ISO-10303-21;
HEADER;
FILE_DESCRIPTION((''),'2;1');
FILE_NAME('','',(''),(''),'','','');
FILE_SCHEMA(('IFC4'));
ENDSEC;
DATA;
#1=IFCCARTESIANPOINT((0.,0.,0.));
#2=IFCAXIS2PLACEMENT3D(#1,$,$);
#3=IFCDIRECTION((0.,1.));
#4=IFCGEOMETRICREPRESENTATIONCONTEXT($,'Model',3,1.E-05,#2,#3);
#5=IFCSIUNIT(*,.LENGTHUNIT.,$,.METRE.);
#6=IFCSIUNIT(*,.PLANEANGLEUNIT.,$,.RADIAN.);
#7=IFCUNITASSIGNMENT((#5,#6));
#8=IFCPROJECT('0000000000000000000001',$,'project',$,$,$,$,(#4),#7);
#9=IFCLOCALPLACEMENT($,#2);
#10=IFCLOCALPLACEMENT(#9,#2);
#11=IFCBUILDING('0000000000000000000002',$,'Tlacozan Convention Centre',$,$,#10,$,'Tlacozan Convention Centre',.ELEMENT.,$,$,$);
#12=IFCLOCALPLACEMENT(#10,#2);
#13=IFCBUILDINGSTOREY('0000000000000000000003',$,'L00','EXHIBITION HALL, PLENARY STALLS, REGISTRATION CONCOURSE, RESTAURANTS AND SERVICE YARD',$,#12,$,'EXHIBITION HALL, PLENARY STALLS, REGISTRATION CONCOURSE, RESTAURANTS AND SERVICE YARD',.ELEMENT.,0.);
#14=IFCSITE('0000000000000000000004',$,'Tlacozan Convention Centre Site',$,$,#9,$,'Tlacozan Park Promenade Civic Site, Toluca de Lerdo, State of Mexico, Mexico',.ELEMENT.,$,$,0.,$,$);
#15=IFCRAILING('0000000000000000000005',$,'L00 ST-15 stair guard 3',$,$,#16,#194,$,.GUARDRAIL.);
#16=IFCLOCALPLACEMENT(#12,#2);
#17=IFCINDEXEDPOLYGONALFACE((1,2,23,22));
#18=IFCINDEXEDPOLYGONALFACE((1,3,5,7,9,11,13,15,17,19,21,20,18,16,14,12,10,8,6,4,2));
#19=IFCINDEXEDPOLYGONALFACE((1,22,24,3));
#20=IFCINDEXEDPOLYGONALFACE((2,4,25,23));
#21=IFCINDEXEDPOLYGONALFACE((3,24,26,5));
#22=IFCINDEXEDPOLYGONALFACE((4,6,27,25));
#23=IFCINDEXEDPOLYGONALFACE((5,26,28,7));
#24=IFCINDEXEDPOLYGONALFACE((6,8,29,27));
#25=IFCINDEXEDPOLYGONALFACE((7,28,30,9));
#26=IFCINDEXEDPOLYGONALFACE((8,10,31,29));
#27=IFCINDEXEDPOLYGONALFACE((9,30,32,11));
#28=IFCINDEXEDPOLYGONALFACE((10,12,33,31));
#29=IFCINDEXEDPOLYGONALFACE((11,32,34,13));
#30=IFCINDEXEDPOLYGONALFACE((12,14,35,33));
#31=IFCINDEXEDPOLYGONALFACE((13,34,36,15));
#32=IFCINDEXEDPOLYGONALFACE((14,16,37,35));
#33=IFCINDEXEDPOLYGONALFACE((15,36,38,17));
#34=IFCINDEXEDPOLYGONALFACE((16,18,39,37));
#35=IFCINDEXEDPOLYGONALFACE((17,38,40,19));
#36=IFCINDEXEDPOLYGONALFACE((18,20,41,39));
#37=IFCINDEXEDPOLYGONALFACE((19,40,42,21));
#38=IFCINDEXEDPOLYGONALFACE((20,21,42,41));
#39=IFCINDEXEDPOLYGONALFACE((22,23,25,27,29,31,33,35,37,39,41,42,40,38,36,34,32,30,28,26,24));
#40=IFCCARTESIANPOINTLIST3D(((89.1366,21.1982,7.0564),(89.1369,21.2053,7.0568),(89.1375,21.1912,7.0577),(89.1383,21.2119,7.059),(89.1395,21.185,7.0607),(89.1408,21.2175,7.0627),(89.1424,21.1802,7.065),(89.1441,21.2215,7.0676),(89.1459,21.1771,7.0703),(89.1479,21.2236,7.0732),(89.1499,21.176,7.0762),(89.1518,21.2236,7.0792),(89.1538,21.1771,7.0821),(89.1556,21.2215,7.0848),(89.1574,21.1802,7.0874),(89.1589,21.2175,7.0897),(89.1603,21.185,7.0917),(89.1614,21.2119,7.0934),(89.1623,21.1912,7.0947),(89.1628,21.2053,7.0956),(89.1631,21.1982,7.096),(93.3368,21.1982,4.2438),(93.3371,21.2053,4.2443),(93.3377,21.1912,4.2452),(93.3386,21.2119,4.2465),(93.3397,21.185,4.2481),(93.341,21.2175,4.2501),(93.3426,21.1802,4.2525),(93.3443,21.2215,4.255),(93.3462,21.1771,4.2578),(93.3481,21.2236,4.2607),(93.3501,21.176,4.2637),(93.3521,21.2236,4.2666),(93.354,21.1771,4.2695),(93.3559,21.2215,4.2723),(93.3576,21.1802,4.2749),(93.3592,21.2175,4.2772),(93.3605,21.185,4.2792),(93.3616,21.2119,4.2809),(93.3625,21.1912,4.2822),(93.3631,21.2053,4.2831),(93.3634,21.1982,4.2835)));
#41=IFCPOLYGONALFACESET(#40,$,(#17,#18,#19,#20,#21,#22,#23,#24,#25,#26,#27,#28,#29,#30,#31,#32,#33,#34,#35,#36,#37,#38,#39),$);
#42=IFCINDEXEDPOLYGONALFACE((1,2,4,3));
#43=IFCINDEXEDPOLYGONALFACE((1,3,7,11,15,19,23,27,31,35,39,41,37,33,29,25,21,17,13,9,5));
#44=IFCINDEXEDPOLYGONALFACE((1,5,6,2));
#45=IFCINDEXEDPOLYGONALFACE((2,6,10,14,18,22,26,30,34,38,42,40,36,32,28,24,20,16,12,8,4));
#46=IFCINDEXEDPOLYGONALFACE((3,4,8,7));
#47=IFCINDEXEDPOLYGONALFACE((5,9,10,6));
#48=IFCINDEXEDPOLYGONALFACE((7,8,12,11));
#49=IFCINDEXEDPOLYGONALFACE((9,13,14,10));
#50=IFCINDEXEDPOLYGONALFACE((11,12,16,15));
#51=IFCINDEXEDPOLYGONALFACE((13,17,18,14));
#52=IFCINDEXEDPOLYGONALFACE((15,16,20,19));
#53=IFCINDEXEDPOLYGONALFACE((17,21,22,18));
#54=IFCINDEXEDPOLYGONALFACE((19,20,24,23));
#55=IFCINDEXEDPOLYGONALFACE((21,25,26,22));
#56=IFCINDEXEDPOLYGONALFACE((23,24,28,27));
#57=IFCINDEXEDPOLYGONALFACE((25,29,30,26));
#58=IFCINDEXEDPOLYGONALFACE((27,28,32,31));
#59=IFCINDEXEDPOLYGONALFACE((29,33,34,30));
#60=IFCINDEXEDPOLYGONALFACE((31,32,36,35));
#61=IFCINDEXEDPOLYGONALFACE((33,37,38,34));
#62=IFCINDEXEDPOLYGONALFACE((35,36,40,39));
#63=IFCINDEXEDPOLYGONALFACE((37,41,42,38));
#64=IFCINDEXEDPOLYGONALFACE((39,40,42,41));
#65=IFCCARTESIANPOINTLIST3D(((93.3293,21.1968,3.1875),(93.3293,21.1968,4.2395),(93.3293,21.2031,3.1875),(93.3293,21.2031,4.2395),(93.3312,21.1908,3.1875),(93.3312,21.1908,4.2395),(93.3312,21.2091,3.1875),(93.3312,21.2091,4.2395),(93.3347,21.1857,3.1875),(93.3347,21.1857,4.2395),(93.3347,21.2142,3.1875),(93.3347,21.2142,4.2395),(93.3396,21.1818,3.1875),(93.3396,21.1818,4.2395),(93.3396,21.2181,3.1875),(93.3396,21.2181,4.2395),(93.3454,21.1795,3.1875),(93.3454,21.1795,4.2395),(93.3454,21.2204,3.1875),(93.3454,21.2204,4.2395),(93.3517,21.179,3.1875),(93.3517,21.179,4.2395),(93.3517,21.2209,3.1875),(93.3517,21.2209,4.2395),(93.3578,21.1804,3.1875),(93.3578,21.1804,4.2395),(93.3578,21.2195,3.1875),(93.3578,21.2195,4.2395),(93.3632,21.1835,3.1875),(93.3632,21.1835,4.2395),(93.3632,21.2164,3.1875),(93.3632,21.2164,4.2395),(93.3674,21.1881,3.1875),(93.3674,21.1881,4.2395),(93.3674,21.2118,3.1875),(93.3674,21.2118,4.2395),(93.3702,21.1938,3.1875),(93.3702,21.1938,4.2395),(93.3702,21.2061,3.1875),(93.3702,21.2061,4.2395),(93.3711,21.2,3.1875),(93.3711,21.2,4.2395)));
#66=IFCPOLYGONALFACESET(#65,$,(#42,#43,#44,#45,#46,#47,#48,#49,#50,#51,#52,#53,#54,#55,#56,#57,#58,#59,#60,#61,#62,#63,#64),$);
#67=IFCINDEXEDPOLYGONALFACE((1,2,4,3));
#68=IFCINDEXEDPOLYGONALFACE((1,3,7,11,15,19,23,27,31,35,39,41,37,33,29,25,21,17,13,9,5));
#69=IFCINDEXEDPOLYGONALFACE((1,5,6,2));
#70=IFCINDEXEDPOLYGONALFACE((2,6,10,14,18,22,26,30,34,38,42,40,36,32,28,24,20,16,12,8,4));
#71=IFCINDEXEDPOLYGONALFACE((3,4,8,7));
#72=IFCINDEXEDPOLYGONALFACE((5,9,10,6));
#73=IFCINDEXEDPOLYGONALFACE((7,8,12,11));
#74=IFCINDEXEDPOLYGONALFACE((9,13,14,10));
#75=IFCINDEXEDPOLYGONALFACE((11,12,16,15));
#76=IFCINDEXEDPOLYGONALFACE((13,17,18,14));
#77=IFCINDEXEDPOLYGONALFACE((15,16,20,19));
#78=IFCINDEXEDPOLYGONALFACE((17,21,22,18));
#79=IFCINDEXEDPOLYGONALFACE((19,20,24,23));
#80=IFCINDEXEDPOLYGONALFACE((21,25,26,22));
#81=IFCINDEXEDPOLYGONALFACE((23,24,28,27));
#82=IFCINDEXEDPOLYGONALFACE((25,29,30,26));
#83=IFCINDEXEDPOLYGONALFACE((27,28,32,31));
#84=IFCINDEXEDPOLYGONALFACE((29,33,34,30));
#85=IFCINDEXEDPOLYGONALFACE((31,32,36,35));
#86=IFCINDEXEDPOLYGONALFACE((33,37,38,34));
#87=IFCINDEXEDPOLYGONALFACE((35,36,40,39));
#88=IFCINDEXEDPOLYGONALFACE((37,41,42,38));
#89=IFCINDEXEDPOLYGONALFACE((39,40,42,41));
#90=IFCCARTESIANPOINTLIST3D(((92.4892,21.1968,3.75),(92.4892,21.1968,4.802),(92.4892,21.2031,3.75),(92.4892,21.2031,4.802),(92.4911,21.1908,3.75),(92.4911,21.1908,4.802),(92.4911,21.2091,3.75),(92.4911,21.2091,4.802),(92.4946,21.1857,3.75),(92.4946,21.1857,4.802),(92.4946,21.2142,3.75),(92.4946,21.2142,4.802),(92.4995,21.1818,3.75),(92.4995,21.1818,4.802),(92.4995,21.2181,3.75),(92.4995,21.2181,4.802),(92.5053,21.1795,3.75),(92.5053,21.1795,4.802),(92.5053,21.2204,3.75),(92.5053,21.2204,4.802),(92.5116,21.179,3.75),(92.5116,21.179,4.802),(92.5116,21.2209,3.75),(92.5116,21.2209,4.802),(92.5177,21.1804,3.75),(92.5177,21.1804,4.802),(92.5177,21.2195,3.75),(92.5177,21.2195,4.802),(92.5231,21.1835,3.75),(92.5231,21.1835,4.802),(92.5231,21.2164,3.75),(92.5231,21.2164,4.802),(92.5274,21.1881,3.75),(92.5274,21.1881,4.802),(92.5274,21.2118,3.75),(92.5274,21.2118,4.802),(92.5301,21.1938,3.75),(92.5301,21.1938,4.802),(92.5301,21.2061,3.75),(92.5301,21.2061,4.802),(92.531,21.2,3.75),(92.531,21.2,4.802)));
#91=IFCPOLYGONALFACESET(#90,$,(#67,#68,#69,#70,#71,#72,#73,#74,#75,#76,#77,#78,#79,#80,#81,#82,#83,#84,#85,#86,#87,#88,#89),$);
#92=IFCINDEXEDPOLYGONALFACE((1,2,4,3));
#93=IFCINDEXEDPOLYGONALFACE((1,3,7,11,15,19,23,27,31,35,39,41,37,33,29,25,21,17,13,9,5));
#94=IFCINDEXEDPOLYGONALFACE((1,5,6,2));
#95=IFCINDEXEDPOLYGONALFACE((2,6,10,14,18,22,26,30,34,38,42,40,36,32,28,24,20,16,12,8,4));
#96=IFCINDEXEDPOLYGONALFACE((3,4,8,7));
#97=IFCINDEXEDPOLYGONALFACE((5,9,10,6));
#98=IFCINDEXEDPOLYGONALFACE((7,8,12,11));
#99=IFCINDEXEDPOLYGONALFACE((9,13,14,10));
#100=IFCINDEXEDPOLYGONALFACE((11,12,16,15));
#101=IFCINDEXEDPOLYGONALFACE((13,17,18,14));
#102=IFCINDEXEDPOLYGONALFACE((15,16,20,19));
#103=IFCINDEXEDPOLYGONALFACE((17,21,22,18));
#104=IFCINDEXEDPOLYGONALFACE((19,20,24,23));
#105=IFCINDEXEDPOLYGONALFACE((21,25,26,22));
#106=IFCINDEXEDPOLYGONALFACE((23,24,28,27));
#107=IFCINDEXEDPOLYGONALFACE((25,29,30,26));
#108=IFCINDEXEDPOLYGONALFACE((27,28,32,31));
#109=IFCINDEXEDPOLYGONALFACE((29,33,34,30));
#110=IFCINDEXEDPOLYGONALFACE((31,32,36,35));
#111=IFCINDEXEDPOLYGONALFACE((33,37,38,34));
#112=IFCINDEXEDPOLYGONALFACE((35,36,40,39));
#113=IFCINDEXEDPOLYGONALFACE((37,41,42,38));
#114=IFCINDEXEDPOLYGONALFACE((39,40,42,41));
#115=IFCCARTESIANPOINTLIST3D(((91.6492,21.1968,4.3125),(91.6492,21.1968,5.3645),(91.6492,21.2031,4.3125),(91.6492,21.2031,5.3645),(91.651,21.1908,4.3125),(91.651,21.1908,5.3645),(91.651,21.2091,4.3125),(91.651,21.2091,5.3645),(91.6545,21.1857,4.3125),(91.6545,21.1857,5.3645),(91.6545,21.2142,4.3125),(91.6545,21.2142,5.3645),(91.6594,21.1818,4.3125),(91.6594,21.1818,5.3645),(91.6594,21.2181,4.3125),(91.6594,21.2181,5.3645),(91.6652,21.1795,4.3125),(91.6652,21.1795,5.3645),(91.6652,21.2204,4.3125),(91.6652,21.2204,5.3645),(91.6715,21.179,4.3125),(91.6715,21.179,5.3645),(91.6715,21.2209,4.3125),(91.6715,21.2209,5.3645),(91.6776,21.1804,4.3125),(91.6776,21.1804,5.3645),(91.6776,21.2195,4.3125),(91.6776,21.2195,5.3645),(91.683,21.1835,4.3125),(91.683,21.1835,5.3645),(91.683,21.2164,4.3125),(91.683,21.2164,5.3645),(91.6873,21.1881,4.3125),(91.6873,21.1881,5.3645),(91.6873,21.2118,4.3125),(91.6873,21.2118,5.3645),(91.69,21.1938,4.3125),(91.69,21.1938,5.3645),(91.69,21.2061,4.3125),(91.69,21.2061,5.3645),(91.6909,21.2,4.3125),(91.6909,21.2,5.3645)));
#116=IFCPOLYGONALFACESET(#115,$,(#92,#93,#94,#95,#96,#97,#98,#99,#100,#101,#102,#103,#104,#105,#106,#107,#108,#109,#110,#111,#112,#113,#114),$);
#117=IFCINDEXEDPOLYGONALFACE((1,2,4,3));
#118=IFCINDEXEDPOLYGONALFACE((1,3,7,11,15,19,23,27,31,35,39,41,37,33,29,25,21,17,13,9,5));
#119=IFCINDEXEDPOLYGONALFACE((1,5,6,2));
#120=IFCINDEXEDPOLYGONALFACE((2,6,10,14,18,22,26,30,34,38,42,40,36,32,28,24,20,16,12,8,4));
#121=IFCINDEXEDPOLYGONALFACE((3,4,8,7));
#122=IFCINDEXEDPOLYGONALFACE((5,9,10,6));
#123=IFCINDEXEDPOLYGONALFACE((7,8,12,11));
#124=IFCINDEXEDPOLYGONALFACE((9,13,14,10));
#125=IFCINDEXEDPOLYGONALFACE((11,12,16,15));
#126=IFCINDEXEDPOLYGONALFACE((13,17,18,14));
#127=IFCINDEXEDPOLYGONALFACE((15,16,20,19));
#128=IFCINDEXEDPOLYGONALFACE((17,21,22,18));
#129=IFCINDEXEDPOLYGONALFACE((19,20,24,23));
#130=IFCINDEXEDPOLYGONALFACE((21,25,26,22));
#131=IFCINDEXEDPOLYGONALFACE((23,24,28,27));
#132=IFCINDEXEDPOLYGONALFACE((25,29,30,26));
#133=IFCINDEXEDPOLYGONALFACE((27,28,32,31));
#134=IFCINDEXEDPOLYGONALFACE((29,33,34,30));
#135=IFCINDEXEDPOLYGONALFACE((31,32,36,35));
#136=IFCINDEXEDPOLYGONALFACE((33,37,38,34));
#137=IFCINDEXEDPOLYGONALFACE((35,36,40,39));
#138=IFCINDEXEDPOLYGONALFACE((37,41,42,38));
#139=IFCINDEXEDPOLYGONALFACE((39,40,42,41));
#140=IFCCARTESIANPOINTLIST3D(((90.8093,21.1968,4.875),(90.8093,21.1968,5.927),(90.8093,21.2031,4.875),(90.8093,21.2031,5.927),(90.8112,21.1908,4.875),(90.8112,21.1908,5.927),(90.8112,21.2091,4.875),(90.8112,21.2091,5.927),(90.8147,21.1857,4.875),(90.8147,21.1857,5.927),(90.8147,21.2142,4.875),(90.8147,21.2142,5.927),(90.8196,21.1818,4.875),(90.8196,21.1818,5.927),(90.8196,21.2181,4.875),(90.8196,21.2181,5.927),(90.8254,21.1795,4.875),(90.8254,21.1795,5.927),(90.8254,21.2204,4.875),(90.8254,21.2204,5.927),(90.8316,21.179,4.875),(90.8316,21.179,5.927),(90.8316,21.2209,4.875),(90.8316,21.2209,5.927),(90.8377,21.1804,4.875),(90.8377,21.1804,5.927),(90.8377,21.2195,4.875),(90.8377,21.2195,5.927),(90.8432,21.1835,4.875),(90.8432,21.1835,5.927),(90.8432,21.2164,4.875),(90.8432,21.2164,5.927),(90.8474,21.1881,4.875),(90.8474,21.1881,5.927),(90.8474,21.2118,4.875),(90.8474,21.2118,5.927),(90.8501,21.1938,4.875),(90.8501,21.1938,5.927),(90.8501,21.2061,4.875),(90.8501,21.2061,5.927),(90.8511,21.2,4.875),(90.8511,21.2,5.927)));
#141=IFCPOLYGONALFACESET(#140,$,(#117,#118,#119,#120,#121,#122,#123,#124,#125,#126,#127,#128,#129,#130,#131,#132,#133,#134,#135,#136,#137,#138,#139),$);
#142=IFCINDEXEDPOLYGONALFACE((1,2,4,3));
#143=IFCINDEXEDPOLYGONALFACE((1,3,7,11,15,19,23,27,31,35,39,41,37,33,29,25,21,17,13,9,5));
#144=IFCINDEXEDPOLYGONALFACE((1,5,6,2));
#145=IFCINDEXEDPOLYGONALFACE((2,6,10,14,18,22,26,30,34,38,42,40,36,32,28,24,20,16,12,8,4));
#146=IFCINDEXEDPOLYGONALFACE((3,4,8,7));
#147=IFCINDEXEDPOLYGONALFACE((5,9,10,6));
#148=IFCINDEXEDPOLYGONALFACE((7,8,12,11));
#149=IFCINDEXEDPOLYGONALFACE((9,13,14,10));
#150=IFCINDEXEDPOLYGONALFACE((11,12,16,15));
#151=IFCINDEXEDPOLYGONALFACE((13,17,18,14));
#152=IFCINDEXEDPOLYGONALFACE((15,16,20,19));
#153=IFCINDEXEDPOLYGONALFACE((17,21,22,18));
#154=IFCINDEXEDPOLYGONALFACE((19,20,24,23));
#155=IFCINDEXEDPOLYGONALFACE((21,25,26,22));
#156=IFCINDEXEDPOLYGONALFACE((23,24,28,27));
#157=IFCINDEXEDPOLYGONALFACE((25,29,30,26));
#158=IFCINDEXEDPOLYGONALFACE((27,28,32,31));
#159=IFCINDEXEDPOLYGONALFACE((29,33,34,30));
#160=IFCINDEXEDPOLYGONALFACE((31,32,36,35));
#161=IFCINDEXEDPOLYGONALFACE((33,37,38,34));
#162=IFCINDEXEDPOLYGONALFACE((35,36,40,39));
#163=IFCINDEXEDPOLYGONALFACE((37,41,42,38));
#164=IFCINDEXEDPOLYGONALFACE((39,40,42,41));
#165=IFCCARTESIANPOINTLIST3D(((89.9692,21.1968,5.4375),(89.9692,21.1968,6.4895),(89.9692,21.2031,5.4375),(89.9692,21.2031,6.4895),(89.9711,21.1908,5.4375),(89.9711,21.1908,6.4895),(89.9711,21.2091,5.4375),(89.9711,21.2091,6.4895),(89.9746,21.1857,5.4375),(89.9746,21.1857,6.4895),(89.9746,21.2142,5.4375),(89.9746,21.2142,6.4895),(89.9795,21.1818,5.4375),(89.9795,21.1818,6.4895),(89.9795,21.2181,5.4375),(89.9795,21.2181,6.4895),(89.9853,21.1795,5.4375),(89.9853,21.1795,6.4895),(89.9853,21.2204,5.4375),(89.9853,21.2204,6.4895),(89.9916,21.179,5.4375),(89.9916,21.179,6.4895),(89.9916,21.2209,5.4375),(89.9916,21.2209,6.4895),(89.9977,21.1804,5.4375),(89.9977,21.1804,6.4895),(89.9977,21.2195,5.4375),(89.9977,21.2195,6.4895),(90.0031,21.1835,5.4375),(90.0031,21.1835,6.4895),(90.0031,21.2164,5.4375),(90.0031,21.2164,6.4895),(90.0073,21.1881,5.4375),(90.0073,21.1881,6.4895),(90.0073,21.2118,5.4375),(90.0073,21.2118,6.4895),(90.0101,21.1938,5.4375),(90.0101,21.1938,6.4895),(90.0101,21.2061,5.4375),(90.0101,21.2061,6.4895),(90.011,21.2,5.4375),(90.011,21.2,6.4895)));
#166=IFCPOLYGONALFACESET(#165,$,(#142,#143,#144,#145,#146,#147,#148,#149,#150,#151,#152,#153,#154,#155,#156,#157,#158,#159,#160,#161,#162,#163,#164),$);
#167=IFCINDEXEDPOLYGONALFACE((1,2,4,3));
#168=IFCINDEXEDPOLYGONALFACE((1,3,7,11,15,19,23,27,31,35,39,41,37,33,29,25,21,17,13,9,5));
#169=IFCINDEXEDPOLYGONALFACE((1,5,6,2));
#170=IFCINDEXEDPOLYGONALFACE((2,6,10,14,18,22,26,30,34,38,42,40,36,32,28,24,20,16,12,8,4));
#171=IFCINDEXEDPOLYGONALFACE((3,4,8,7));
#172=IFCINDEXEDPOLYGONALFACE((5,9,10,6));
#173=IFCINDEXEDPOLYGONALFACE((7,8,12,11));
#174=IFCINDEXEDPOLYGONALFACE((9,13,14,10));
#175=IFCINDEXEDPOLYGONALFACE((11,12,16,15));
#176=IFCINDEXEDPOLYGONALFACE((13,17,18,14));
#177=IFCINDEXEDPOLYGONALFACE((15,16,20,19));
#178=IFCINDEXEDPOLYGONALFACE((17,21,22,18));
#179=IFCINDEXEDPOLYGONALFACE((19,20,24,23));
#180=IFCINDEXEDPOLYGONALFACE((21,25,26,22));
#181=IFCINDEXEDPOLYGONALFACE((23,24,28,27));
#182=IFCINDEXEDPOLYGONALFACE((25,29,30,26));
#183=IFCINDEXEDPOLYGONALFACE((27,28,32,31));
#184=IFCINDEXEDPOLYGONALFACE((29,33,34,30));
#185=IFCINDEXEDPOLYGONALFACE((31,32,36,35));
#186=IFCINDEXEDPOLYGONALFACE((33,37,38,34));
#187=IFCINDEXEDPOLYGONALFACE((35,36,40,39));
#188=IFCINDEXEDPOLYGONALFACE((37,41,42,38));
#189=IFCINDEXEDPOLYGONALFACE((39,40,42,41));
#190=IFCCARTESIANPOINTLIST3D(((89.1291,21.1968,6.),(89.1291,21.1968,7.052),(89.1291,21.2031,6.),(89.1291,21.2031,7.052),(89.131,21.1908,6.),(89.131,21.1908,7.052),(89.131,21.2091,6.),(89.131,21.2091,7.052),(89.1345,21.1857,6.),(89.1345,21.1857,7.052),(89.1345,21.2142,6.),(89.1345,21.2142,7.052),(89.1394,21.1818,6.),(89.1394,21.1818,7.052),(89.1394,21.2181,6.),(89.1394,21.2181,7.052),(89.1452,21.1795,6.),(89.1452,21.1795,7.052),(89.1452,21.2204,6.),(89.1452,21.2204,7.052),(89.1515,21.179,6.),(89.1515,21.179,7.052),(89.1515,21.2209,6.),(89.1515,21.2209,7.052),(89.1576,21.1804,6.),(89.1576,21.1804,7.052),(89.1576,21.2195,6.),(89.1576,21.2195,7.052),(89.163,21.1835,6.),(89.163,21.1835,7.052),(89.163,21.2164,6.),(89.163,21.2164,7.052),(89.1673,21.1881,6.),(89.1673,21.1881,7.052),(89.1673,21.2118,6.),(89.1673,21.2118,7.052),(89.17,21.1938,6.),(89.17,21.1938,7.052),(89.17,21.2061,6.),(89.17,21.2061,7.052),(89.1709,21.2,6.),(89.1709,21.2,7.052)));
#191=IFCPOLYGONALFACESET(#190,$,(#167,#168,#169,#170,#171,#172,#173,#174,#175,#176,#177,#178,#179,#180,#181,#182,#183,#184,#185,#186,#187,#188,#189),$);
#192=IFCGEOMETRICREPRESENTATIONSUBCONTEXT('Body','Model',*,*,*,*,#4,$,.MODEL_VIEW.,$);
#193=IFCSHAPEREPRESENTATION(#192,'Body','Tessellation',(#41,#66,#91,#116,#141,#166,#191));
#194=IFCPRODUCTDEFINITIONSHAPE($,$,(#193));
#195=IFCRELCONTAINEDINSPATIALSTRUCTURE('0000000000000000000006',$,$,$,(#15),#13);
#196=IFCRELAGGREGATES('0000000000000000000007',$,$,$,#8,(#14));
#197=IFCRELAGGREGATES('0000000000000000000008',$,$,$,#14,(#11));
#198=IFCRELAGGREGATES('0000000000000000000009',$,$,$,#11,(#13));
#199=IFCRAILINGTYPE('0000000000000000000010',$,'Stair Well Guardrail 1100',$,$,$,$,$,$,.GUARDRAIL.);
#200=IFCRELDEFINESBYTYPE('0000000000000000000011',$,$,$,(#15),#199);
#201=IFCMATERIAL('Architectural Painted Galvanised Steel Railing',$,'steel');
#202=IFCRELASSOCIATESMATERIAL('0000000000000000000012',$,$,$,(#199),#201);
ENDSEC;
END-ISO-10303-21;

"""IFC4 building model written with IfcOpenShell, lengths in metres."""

from ifc_helpers import new_model, si_unit, direction, frame, origin, origin_2d, place, context, subcontext, project, spatial, circle, extrude, material, type_object, element, save


model = new_model("IFC4")

# Units and contexts
model_context = context("Model", 3, precision=1e-05, world=origin(), true_north=direction((0.0, 1.0)))
body_context = subcontext(model_context, "Body", "Model", "MODEL_VIEW")
ifc_project = project(units=[si_unit("LENGTHUNIT", "METRE"), si_unit("PLANEANGLEUNIT", "RADIAN")], contexts=[model_context])

# Site, building, storey
site_placement = place(None, origin())
site = spatial("IfcSite", under=ifc_project, at=site_placement, Name="Tlacozan Convention Centre Site", LongName="Tlacozan Park Promenade Civic Site, Toluca de Lerdo, State of Mexico, Mexico", CompositionType="ELEMENT", RefElevation=0.0)
building_placement = place(site_placement, origin())
building = spatial("IfcBuilding", under=site, at=building_placement, Name="Tlacozan Convention Centre", LongName="Tlacozan Convention Centre", CompositionType="ELEMENT")
storey_placement = place(building_placement, origin())
storey = spatial("IfcBuildingStorey", under=building, at=storey_placement, Name="L00", Description="EXHIBITION HALL, PLENARY STALLS, REGISTRATION CONCOURSE, RESTAURANTS AND SERVICE YARD", LongName="EXHIBITION HALL, PLENARY STALLS, REGISTRATION CONCOURSE, RESTAURANTS AND SERVICE YARD", CompositionType="ELEMENT", Elevation=0.0)

# Railing
ifc_material_1 = material(Name="Architectural Painted Galvanised Steel Railing", Category="steel")
railing_type_1 = type_object("IfcRailingType", Name="Stair Well Guardrail 1100", PredefinedType="GUARDRAIL", material=ifc_material_1)
railing_1_placement = place(storey_placement, frame((93.3501, 21.2, 3.1875)))
element("IfcRailing", 1, at=railing_1_placement, inside=storey, type_object=railing_type_1, Name="L00 ST-15 stair guard 3", PredefinedType="GUARDRAIL", context=body_context, shape_type="SweptSolid", body=[
    extrude(circle(Radius=0.0239, at=origin_2d()), frame((0.0, 0.0, 1.0762), z_axis=(-0.830919, 0.0, 0.556393), x_axis=(0.0, -1.0, 0.0)), (0.0, 0.0, 1.0), 5.0549),
    extrude(circle(Radius=0.021, at=origin_2d()), origin(), (0.0, 0.0, 1.0), 1.052),
    extrude(circle(Radius=0.021, at=origin_2d()), frame((-0.8401, 0.0, 0.5625)), (0.0, 0.0, 1.0), 1.052),
    extrude(circle(Radius=0.021, at=origin_2d()), frame((-1.6802, 0.0, 1.125)), (0.0, 0.0, 1.0), 1.052),
    extrude(circle(Radius=0.021, at=origin_2d()), frame((-2.52, 0.0, 1.6875)), (0.0, 0.0, 1.0), 1.052),
    extrude(circle(Radius=0.021, at=origin_2d()), frame((-3.3601, 0.0, 2.25)), (0.0, 0.0, 1.0), 1.052),
    extrude(circle(Radius=0.021, at=origin_2d()), frame((-4.2002, 0.0, 2.8125)), (0.0, 0.0, 1.0), 1.052),
])

save(model, "model.ifc")
